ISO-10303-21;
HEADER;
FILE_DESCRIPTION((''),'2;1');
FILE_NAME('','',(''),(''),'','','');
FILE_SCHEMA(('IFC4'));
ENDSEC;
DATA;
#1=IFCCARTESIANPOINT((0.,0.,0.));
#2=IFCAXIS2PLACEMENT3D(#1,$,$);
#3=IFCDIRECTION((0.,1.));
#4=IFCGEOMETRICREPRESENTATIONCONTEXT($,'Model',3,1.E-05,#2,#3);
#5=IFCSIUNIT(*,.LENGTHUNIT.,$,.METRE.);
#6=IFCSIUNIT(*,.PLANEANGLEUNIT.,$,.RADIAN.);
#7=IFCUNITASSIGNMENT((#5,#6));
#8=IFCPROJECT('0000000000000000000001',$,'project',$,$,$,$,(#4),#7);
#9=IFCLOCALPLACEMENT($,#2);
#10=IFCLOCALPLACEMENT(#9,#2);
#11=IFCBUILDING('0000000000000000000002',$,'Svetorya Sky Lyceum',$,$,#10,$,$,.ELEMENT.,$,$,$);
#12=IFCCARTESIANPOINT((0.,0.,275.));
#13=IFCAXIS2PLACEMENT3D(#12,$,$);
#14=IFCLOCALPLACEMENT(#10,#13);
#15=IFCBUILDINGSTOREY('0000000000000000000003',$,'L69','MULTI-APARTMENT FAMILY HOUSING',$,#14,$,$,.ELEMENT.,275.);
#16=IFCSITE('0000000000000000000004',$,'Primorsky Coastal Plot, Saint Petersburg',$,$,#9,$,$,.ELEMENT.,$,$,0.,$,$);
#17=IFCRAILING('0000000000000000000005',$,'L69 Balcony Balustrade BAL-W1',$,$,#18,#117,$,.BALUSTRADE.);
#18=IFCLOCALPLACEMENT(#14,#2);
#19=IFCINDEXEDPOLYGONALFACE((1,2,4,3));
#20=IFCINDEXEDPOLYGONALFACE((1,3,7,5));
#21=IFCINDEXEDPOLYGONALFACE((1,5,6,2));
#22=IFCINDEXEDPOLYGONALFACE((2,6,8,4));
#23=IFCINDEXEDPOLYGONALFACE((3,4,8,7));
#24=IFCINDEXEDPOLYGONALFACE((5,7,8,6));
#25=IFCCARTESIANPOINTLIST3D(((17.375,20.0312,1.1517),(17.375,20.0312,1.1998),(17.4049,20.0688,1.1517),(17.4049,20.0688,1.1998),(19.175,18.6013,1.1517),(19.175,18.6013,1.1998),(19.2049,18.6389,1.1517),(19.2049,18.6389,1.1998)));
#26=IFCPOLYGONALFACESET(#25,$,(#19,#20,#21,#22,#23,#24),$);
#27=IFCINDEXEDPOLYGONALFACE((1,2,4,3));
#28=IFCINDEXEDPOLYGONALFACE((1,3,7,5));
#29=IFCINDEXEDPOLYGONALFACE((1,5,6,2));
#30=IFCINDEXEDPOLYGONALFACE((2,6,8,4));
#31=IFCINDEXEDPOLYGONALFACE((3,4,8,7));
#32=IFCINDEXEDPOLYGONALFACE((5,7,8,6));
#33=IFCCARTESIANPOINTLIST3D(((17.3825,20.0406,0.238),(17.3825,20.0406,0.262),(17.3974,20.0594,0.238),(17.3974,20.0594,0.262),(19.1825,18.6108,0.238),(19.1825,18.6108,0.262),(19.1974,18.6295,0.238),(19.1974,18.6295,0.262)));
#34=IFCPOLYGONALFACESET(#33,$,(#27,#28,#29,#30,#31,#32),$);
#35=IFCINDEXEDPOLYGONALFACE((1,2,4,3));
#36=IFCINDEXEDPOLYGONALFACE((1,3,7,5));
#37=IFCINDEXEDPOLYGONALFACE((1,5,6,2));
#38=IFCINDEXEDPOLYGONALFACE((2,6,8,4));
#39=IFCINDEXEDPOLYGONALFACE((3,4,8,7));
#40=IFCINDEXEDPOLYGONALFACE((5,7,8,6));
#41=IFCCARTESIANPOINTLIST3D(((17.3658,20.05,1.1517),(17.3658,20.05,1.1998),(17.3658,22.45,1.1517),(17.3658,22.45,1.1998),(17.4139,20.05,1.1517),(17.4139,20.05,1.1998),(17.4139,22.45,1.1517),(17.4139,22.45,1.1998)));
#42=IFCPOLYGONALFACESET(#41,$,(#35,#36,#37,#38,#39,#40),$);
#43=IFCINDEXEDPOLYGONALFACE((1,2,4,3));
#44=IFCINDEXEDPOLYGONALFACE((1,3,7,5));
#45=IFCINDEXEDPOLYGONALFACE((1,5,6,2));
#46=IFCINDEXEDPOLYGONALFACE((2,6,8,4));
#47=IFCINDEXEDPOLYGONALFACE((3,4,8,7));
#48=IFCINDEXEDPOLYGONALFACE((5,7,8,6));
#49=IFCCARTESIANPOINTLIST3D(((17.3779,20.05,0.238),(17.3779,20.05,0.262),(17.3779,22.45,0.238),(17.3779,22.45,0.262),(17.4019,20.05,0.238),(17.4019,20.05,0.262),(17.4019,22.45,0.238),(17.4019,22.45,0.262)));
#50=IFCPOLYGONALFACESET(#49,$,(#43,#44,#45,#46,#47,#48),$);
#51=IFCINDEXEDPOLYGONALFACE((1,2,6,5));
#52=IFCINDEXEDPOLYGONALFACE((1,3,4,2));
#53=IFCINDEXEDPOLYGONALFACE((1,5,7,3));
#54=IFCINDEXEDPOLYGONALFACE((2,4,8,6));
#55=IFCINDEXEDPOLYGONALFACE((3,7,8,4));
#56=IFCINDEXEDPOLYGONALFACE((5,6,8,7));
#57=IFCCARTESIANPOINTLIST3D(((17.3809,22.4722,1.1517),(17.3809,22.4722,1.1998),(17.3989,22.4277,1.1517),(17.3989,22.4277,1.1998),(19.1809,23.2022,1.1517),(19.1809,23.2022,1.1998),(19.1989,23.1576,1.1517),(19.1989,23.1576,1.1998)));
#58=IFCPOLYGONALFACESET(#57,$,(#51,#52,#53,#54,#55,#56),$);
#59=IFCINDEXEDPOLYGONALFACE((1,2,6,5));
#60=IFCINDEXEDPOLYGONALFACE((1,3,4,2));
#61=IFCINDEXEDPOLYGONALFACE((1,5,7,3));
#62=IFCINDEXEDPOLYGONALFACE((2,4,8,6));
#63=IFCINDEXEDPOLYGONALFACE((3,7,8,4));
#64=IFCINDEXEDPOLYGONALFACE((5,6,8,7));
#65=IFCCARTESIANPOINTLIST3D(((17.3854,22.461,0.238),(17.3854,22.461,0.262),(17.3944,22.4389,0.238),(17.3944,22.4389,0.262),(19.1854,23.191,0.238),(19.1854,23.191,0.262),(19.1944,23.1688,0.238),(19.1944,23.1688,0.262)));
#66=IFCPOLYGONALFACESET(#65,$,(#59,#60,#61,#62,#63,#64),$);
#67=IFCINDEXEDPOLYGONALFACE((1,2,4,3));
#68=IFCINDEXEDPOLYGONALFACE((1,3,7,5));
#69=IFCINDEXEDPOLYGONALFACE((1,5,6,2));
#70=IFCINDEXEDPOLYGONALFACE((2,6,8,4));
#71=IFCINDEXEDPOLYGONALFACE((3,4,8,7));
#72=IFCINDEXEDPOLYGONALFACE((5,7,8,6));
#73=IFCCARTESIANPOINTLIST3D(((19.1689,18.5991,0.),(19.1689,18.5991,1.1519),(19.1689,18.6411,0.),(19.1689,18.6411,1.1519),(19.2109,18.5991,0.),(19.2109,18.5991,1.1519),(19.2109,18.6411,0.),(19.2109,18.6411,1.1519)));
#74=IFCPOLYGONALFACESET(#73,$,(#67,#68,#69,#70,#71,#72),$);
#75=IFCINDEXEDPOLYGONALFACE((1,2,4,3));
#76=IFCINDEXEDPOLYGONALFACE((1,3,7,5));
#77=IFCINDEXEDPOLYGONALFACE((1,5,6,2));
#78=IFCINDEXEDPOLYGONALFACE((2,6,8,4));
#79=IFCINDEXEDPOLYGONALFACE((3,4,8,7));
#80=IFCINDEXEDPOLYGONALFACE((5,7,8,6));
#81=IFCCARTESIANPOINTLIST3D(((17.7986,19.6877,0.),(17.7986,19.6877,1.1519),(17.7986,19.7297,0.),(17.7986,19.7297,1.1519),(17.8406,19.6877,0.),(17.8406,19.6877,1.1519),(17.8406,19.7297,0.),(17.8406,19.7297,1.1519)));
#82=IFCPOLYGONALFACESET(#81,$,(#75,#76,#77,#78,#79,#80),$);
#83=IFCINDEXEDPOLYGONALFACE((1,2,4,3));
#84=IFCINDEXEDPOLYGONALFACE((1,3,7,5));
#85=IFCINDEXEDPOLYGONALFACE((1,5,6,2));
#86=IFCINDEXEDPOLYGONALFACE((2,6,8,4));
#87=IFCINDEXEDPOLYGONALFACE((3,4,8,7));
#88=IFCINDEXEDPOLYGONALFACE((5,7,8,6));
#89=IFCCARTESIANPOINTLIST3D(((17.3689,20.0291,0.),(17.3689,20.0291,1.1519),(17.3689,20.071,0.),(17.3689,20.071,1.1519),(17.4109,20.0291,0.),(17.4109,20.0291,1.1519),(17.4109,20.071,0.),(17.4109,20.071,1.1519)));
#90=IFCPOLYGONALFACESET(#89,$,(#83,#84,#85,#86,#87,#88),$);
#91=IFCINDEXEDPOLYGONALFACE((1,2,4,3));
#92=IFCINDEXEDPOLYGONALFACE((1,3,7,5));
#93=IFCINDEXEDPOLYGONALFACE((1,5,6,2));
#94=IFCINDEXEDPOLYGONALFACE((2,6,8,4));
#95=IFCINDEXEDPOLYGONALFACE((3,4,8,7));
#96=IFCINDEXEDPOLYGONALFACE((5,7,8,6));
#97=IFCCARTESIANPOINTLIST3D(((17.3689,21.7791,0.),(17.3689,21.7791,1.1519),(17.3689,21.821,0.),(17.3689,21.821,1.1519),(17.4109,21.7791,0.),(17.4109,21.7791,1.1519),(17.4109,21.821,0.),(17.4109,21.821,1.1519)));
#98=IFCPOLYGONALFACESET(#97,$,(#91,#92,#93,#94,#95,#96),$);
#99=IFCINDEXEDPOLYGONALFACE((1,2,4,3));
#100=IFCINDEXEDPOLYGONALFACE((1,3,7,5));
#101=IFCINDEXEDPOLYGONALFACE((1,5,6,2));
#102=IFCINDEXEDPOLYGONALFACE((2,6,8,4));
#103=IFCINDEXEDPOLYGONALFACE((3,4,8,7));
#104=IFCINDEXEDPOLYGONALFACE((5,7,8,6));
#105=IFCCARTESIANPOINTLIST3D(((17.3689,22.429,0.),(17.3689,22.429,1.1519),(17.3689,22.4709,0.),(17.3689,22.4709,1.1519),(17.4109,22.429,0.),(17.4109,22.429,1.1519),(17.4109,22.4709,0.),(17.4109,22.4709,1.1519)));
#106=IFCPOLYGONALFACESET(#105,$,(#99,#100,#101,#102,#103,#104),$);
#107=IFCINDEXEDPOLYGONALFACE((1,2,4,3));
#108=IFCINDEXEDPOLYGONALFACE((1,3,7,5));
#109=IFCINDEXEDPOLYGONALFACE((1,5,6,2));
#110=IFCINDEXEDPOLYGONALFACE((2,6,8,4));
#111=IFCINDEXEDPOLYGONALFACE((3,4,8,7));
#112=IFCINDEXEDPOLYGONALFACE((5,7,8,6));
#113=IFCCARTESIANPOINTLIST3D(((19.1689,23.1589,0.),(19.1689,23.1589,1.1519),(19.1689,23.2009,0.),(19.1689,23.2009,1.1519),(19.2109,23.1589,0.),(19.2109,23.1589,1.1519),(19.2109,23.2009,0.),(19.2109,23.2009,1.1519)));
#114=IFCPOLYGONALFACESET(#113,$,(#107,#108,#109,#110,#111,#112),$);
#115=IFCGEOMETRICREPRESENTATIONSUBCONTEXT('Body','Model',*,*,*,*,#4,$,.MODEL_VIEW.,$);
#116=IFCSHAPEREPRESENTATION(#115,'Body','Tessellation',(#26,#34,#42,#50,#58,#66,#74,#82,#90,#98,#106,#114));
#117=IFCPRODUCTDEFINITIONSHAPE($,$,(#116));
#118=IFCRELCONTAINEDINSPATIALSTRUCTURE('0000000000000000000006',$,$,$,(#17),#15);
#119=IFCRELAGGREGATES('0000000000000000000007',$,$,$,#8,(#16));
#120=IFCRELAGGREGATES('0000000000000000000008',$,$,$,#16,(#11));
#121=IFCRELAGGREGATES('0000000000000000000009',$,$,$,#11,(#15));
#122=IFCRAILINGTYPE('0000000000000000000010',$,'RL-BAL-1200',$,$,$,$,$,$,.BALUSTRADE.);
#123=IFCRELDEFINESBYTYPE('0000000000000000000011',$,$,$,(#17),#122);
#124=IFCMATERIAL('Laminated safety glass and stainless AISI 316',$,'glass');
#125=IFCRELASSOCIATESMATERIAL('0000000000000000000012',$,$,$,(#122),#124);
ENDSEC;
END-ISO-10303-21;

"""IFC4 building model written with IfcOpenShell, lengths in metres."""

from ifc_helpers import new_model, si_unit, direction, frame, origin, origin_2d, place, context, subcontext, project, spatial, rectangle, extrude, material, type_object, element, save


model = new_model("IFC4")

# Units and contexts
model_context = context("Model", 3, precision=1e-05, world=origin(), true_north=direction((0.0, 1.0)))
body_context = subcontext(model_context, "Body", "Model", "MODEL_VIEW")
ifc_project = project(units=[si_unit("LENGTHUNIT", "METRE"), si_unit("PLANEANGLEUNIT", "RADIAN")], contexts=[model_context])

# Site, building, storey
site_placement = place(None, origin())
site = spatial("IfcSite", under=ifc_project, at=site_placement, Name="Primorsky Coastal Plot, Saint Petersburg", CompositionType="ELEMENT", RefElevation=0.0)
building_placement = place(site_placement, origin())
building = spatial("IfcBuilding", under=site, at=building_placement, Name="Svetorya Sky Lyceum", CompositionType="ELEMENT")
storey_placement = place(building_placement, frame((0.0, 0.0, 275.0)))
storey = spatial("IfcBuildingStorey", under=building, at=storey_placement, Name="L69", Description="MULTI-APARTMENT FAMILY HOUSING", CompositionType="ELEMENT", Elevation=275.0)

# Railing
ifc_material_1 = material(Name="Laminated safety glass and stainless AISI 316", Category="glass")
railing_type = type_object("IfcRailingType", Name="RL-BAL-1200", PredefinedType="BALUSTRADE", material=ifc_material_1)
railing_placement = place(storey_placement, frame((19.1899, 18.6201, 0.0)))
element("IfcRailing", 1, at=railing_placement, inside=storey, type_object=railing_type, Name="L69 Balcony Balustrade BAL-W1", PredefinedType="BALUSTRADE", context=body_context, shape_type="SweptSolid", body=[
    extrude(rectangle(XDim=0.0481, YDim=0.0481, at=origin_2d()), frame((0.0, 0.0, 1.1758), z_axis=(-0.783009, 0.62201, 0.0), x_axis=(-0.62201, -0.783009, 0.0)), (0.0, 0.0, 1.0), 2.2988),
    extrude(rectangle(XDim=0.0239, YDim=0.0239, at=origin_2d()), frame((0.0, 0.0, 0.25), z_axis=(-0.783009, 0.62201, 0.0), x_axis=(-0.62201, -0.783009, 0.0)), (0.0, 0.0, 1.0), 2.2988),
    extrude(rectangle(XDim=0.0481, YDim=0.0481, at=origin_2d()), frame((-1.8, 1.4299, 1.1758), z_axis=(0.0, 1.0, 0.0), x_axis=(-1.0, 0.0, 0.0)), (0.0, 0.0, 1.0), 2.3999),
    extrude(rectangle(XDim=0.0239, YDim=0.0239, at=origin_2d()), frame((-1.8, 1.4299, 0.25), z_axis=(0.0, 1.0, 0.0), x_axis=(-1.0, 0.0, 0.0)), (0.0, 0.0, 1.0), 2.3999),
    extrude(rectangle(XDim=0.0481, YDim=0.0481, at=origin_2d()), frame((-1.8, 3.8298, 1.1758), z_axis=(0.926698, 0.375807, 0.0), x_axis=(-0.375807, 0.926698, 0.0)), (0.0, 0.0, 1.0), 1.9424),
    extrude(rectangle(XDim=0.0239, YDim=0.0239, at=origin_2d()), frame((-1.8, 3.8298, 0.25), z_axis=(0.926698, 0.375807, 0.0), x_axis=(-0.375807, 0.926698, 0.0)), (0.0, 0.0, 1.0), 1.9424),
    extrude(rectangle(XDim=0.042, YDim=0.042, at=origin_2d()), origin(), (0.0, 0.0, 1.0), 1.1519),
    extrude(rectangle(XDim=0.042, YDim=0.042, at=origin_2d()), frame((-1.3704, 1.0886, 0.0)), (0.0, 0.0, 1.0), 1.1519),
    extrude(rectangle(XDim=0.042, YDim=0.042, at=origin_2d()), frame((-1.8, 1.4299, 0.0)), (0.0, 0.0, 1.0), 1.1519),
    extrude(rectangle(XDim=0.042, YDim=0.042, at=origin_2d()), frame((-1.8, 3.1799, 0.0)), (0.0, 0.0, 1.0), 1.1519),
    extrude(rectangle(XDim=0.042, YDim=0.042, at=origin_2d()), frame((-1.8, 3.8298, 0.0)), (0.0, 0.0, 1.0), 1.1519),
    extrude(rectangle(XDim=0.042, YDim=0.042, at=origin_2d()), frame((0.0, 4.5598, 0.0)), (0.0, 0.0, 1.0), 1.1519),
])

save(model, "model.ifc")
